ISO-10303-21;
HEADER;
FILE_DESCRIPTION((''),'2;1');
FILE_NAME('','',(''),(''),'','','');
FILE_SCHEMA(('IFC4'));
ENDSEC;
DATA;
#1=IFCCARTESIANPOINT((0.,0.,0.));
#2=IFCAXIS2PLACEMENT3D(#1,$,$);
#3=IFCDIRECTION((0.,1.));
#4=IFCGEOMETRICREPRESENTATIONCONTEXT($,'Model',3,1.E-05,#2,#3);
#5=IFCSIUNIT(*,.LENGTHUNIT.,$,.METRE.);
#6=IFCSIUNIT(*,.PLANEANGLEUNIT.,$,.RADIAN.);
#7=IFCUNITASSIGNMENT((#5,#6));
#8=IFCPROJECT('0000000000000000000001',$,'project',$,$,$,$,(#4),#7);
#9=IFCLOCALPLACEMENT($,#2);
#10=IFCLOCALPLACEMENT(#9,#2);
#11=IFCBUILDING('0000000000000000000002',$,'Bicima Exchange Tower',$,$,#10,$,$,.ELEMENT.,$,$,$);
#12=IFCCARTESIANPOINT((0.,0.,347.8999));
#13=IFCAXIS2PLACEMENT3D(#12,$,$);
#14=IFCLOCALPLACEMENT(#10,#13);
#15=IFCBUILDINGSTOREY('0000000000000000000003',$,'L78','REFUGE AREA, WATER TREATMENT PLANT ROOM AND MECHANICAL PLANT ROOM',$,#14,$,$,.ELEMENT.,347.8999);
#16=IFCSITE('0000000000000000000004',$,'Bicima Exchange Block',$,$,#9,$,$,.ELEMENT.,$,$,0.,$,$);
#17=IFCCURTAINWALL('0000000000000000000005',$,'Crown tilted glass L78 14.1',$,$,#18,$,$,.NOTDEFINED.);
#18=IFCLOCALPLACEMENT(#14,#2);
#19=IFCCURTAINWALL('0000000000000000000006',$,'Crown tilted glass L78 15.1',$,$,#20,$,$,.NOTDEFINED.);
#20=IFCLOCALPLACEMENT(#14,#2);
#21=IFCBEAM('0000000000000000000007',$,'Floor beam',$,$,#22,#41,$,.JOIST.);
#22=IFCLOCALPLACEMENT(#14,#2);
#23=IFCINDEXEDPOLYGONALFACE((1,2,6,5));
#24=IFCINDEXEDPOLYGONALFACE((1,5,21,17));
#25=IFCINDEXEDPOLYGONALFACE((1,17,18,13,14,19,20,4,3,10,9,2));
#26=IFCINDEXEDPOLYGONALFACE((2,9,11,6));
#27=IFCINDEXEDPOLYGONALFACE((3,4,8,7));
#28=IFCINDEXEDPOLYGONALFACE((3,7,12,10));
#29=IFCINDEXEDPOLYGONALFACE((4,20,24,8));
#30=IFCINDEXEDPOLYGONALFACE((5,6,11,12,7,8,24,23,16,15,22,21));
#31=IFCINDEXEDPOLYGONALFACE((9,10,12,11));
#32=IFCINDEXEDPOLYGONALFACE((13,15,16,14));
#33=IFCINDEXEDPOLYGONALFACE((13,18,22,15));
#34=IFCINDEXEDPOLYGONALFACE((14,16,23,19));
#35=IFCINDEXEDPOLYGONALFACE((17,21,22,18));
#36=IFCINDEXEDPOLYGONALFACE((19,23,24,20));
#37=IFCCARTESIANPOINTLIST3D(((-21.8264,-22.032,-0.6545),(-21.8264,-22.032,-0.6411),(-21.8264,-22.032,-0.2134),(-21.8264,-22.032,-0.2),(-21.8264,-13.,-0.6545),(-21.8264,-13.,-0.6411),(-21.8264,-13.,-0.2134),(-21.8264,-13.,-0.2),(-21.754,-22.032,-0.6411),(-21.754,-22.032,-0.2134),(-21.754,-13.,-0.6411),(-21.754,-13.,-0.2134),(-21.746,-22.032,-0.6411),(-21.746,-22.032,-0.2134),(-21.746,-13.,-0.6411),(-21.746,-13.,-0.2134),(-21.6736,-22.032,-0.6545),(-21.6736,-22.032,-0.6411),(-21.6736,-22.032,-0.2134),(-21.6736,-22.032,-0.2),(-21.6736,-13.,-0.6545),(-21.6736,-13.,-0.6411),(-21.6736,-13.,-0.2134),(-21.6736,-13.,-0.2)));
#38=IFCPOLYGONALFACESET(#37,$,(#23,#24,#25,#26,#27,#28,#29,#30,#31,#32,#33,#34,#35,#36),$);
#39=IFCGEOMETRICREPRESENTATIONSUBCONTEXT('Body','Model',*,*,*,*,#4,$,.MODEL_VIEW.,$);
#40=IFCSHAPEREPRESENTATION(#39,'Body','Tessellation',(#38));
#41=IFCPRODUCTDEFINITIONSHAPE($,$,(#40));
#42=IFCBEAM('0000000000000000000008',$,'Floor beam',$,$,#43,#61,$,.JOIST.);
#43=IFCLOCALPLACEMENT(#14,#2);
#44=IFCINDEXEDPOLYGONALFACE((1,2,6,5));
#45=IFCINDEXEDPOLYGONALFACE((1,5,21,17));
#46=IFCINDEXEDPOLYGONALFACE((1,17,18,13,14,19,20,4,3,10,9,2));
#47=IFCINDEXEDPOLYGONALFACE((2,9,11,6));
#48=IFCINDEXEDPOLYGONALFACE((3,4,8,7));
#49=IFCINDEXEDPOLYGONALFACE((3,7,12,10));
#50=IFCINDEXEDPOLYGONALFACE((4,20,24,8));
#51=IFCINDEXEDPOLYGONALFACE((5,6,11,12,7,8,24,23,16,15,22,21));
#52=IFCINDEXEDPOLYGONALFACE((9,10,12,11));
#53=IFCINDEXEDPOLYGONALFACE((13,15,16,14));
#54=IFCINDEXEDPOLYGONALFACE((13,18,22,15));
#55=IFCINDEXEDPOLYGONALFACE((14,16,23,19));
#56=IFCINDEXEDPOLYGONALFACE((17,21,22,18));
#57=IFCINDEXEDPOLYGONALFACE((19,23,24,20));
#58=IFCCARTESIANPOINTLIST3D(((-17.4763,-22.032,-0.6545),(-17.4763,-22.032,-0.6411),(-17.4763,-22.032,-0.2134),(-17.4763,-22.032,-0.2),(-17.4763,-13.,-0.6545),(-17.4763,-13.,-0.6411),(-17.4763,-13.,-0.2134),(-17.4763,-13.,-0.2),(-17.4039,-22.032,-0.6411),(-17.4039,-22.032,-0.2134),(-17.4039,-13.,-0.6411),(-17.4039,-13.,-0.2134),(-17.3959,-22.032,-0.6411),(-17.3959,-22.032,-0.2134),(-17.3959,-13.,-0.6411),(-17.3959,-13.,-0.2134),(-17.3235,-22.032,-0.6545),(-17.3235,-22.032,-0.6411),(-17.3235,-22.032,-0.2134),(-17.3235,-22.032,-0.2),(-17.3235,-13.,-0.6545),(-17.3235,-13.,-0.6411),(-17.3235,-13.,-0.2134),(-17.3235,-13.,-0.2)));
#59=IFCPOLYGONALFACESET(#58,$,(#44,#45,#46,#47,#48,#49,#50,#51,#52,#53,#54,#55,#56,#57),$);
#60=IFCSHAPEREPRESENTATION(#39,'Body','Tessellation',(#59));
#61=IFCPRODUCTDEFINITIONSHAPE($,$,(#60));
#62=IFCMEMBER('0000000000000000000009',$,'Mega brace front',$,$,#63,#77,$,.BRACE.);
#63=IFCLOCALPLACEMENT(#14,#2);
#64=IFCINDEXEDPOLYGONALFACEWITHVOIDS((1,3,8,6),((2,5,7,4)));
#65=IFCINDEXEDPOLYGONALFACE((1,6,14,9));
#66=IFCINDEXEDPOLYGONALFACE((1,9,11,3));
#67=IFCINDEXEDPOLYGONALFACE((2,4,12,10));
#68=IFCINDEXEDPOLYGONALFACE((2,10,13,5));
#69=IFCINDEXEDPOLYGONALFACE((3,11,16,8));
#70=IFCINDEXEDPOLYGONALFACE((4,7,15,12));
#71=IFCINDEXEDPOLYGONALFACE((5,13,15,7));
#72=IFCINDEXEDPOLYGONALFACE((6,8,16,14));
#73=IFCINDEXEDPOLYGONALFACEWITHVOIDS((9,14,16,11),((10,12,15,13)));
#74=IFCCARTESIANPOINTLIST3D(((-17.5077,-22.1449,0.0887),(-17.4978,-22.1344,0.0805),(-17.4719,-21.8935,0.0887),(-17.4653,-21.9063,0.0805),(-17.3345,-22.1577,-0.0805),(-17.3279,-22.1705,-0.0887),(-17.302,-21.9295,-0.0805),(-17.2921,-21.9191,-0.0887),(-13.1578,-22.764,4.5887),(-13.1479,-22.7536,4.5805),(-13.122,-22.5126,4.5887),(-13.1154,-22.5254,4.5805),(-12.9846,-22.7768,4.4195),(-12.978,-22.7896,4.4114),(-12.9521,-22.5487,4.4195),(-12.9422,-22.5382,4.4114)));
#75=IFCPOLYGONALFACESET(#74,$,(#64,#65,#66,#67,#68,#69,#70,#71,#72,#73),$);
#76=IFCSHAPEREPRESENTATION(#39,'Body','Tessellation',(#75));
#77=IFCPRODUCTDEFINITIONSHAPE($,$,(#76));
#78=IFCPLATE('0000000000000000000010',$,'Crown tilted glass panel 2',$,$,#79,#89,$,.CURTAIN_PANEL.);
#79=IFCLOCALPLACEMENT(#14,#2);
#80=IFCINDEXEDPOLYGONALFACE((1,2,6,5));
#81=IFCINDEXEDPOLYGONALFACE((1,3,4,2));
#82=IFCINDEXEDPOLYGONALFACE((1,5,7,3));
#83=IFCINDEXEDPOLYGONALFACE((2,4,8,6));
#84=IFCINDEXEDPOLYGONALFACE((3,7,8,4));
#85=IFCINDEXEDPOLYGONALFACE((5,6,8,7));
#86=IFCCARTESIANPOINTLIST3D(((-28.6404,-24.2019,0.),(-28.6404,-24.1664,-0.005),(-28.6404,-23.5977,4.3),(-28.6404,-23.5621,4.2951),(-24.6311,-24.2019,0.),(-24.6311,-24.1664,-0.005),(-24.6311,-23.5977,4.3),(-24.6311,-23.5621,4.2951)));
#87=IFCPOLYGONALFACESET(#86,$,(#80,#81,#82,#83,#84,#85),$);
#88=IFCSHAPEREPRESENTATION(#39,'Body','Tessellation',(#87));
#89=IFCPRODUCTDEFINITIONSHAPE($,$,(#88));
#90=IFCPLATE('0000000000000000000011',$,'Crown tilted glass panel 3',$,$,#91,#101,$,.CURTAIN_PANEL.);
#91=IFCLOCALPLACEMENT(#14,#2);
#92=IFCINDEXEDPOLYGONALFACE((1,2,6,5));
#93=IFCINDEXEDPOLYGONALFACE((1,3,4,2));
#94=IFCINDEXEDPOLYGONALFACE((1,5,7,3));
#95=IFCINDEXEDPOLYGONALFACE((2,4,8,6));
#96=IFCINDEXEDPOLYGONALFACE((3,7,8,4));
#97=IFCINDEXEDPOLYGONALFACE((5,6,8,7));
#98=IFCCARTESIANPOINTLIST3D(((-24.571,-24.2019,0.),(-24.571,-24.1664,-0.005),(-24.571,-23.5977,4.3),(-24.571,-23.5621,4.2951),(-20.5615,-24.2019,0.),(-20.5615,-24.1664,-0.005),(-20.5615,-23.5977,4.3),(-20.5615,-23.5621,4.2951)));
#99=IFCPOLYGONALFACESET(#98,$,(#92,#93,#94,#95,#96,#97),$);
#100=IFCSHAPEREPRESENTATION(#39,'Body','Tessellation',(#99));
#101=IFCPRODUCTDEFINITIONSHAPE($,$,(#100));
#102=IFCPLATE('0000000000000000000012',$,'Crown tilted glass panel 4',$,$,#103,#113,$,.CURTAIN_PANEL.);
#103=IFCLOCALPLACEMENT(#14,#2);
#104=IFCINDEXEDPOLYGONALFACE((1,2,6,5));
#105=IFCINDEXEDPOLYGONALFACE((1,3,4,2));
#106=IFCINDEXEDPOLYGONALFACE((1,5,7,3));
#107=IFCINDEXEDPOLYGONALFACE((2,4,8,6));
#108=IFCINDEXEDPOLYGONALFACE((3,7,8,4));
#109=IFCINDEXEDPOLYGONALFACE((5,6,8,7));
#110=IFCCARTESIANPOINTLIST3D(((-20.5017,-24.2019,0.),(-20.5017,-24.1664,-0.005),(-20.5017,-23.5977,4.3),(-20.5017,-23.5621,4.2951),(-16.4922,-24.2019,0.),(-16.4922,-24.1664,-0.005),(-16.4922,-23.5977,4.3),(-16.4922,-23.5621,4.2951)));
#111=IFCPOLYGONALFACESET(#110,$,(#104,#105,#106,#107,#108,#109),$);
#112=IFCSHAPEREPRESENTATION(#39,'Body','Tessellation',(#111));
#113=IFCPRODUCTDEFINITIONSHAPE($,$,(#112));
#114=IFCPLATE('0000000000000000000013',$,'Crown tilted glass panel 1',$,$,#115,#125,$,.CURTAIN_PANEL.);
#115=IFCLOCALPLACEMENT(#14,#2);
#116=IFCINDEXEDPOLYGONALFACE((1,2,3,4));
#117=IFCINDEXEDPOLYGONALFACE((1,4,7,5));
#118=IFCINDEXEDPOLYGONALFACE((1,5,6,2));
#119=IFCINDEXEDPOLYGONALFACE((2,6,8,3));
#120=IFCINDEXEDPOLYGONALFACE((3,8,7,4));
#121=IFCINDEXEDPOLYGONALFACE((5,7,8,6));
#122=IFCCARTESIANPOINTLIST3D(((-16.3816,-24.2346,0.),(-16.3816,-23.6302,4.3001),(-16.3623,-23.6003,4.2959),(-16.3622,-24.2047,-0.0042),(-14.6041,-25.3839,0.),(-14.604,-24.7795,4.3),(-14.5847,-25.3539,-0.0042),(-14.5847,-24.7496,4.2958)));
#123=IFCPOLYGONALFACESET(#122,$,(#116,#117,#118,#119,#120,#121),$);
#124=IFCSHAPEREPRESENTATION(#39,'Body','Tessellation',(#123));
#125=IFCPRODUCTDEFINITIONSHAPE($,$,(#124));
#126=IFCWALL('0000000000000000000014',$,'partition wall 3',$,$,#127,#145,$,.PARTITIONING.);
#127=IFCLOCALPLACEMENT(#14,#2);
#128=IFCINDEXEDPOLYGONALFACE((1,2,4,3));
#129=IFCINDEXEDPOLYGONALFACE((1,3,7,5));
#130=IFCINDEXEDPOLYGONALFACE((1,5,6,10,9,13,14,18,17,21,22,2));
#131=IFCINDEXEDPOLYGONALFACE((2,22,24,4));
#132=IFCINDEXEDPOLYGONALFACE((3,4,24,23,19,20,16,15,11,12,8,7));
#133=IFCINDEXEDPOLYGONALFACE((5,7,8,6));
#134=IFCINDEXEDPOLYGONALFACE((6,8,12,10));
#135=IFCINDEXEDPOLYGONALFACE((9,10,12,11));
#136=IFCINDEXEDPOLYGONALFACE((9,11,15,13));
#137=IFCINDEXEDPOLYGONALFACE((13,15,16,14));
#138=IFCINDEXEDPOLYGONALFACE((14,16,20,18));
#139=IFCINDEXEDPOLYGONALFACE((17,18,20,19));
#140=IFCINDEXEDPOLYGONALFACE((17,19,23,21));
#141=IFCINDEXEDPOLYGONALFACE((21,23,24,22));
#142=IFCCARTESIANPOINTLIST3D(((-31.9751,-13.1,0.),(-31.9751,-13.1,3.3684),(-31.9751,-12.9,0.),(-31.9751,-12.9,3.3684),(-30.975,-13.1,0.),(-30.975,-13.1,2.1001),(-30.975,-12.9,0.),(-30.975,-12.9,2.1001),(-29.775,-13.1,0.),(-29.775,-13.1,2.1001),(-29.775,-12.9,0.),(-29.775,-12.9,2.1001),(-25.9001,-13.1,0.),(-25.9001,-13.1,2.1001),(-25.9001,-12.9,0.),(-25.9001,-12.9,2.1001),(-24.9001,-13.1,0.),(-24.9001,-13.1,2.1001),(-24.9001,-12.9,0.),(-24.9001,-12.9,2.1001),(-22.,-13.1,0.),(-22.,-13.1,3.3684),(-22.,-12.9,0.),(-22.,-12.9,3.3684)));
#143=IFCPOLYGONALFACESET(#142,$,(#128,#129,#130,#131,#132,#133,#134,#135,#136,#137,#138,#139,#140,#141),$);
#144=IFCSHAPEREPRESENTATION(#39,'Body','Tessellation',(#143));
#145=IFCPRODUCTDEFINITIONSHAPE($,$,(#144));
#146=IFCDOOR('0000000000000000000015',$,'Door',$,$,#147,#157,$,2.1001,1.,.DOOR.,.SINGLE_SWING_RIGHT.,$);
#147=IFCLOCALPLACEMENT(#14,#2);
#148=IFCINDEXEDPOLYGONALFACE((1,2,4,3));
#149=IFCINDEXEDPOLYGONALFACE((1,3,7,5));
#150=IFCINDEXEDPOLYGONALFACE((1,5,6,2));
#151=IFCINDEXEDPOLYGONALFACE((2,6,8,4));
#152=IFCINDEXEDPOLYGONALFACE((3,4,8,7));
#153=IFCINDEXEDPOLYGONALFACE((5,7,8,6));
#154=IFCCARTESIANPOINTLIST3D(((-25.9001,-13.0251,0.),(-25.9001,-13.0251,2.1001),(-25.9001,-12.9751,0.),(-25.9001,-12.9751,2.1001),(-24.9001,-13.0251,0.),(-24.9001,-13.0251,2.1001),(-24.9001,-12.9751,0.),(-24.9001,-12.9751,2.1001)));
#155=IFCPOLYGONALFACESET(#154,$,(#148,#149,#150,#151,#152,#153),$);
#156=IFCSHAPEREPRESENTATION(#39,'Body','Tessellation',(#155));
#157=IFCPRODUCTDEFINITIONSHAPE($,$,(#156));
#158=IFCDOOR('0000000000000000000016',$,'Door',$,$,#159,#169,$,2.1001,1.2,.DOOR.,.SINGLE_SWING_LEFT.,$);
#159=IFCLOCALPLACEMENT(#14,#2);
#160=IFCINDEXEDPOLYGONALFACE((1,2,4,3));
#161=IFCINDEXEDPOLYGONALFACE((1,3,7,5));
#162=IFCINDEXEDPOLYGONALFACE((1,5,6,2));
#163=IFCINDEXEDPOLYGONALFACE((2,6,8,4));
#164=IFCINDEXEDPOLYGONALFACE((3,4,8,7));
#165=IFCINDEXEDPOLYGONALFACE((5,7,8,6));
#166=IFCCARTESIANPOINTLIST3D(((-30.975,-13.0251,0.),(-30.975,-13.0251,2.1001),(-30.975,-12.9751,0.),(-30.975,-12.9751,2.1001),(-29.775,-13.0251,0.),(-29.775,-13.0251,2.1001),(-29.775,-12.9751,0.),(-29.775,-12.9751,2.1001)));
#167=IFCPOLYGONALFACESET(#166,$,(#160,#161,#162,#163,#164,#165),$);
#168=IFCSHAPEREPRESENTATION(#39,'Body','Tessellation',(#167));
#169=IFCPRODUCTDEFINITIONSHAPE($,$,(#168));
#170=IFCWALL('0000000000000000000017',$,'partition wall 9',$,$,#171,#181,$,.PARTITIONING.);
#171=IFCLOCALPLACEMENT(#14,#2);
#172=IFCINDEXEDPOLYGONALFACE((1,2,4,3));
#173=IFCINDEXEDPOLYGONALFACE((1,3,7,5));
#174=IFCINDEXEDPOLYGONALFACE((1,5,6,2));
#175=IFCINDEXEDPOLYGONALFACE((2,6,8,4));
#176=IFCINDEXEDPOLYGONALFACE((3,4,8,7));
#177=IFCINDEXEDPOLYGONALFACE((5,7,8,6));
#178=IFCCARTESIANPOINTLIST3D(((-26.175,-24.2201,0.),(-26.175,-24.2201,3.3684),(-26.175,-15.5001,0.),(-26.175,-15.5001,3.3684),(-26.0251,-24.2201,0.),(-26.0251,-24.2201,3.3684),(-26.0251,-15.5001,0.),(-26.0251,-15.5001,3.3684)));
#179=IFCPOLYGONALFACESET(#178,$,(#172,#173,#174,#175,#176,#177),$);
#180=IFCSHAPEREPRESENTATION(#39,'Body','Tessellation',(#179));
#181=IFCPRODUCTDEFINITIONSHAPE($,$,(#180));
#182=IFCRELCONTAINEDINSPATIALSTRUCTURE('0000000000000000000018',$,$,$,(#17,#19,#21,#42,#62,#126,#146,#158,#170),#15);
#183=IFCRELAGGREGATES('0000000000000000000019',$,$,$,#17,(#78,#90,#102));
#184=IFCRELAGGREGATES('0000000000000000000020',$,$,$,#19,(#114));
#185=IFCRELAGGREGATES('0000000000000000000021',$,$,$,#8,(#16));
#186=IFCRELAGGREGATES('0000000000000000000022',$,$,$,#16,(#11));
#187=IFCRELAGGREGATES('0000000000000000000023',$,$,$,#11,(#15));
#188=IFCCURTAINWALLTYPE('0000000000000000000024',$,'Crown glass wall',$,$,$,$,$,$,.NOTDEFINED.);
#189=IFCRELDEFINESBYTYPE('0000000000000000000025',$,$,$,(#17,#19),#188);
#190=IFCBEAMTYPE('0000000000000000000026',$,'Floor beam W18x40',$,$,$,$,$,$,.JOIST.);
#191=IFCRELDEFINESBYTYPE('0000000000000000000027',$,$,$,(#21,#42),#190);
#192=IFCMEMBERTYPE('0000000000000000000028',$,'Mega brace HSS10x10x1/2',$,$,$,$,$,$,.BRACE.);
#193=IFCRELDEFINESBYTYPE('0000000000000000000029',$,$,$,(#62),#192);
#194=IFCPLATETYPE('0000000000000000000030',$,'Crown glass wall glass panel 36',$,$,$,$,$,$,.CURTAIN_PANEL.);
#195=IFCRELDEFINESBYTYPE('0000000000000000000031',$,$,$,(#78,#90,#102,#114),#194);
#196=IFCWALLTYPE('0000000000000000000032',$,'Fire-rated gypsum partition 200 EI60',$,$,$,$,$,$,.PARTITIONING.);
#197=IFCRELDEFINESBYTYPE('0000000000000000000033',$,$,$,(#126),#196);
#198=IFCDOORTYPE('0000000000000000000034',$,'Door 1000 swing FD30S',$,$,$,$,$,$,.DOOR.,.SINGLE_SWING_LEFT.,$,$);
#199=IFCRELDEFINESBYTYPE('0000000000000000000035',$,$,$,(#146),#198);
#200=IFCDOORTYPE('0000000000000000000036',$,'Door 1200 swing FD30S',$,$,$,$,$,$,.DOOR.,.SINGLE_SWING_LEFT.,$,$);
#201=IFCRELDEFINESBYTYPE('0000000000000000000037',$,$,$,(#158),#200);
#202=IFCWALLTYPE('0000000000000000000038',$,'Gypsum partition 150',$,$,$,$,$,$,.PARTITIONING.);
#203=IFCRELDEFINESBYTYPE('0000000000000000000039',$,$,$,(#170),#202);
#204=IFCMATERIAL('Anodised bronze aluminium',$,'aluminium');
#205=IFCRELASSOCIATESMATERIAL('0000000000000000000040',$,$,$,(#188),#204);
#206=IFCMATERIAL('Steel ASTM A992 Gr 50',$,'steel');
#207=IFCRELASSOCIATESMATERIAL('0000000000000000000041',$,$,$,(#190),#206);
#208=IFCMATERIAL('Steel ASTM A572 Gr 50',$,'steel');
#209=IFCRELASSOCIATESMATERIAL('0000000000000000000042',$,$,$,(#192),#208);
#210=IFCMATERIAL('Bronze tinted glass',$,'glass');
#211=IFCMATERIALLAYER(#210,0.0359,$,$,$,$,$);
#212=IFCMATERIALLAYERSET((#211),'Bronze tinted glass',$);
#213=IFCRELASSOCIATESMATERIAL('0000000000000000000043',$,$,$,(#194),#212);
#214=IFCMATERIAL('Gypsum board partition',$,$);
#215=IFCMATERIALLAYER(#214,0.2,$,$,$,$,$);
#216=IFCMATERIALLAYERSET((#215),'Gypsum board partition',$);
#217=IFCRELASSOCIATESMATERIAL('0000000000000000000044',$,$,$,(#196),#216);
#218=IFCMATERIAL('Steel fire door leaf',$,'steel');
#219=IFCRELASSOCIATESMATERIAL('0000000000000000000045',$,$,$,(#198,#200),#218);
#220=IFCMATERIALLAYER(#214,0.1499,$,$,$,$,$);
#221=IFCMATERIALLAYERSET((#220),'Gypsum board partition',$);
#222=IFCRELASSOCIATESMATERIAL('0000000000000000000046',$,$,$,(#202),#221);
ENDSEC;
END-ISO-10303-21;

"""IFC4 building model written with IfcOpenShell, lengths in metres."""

from ifc_helpers import new_model, si_unit, direction, frame, frame_2d, origin, origin_2d, place, context, subcontext, project, spatial, polyline, rectangle, hollow_rectangle, i_section, outline, extrude, material, layer, layer_set, material_profile, profile_set, type_object, element, fill, aggregate, save


model = new_model("IFC4")

# Units and contexts
model_context = context("Model", 3, precision=1e-05, world=origin(), true_north=direction((0.0, 1.0)))
body_context = subcontext(model_context, "Body", "Model", "MODEL_VIEW")
ifc_project = project(units=[si_unit("LENGTHUNIT", "METRE"), si_unit("PLANEANGLEUNIT", "RADIAN")], contexts=[model_context])

# Site, building, storey
site_placement = place(None, origin())
site = spatial("IfcSite", under=ifc_project, at=site_placement, Name="Bicima Exchange Block", CompositionType="ELEMENT", RefElevation=0.0)
building_placement = place(site_placement, origin())
building = spatial("IfcBuilding", under=site, at=building_placement, Name="Bicima Exchange Tower", CompositionType="ELEMENT")
storey_placement = place(building_placement, frame((0.0, 0.0, 347.8999)))
storey = spatial("IfcBuildingStorey", under=building, at=storey_placement, Name="L78", Description="REFUGE AREA, WATER TREATMENT PLANT ROOM AND MECHANICAL PLANT ROOM", CompositionType="ELEMENT", Elevation=347.8999)

# Shared definitions
ifc_material_1 = material(Name="Steel ASTM A992 Gr 50", Category="steel")

# Curtain wall
ifc_material_2 = material(Name="Anodised bronze aluminium", Category="aluminium")
curtain_wall_type = type_object("IfcCurtainWallType", Name="Crown glass wall", PredefinedType="NOTDEFINED", material=ifc_material_2)
curtain_wall_1_placement = place(storey_placement, origin())
curtain_wall_1 = element("IfcCurtainWall", 1, at=curtain_wall_1_placement, inside=storey, type_object=curtain_wall_type, Name="Crown tilted glass L78 14.1", PredefinedType="NOTDEFINED")

# Curtain wall
curtain_wall_2_placement = place(storey_placement, origin())
curtain_wall_2 = element("IfcCurtainWall", 2, at=curtain_wall_2_placement, inside=storey, type_object=curtain_wall_type, Name="Crown tilted glass L78 15.1", PredefinedType="NOTDEFINED")

# Beams
ifc_material_profile_1 = material_profile(ifc_material_1, i_section(OverallWidth=0.1528, OverallDepth=0.4546, WebThickness=0.0081, FlangeThickness=0.0134, at=origin_2d()))
ifc_profile_set_1 = profile_set([ifc_material_profile_1], Name="Steel ASTM A992 Gr 50")
beam_type_1 = type_object("IfcBeamType", Name="Floor beam W18x40", PredefinedType="JOIST", material=ifc_profile_set_1)
for number, where, z_axis, x_axis, name in (
    (3, (-21.75, -13.0, -0.4272), (0.0, -1.0, 0.0), (1.0, 0.0, 0.0), "Floor beam"),
    (4, (-17.3999, -13.0, -0.4272), (0.0, -1.0, 0.0), (1.0, 0.0, 0.0), "Floor beam"),
):
    element("IfcBeam", number, at=place(storey_placement, frame(where, z_axis=z_axis, x_axis=x_axis)), inside=storey, type_object=beam_type_1, Name=name, PredefinedType="JOIST", context=body_context, shape_type="SweptSolid", body=[
        extrude(i_section(OverallWidth=0.1528, OverallDepth=0.4546, WebThickness=0.0081, FlangeThickness=0.0134, at=origin_2d()), origin(), (0.0, 0.0, 1.0), 9.032),
    ])

# Member
ifc_material_3 = material(Name="Steel ASTM A572 Gr 50", Category="steel")
ifc_material_profile_2 = material_profile(ifc_material_3, hollow_rectangle(XDim=0.2539, YDim=0.2539, WallThickness=0.0117, at=origin_2d()))
ifc_profile_set_2 = profile_set([ifc_material_profile_2], Name="Steel ASTM A572 Gr 50")
member_type_1 = type_object("IfcMemberType", Name="Mega brace HSS10x10x1/2", PredefinedType="BRACE", material=ifc_profile_set_2)
member_1_placement = place(storey_placement, frame((-17.3999, -22.032, 0.0), z_axis=(0.691634, -0.098444, 0.715508), x_axis=(0.140916, 0.990022, 0.0)))
element("IfcMember", 5, at=member_1_placement, inside=storey, type_object=member_type_1, Name="Mega brace front", PredefinedType="BRACE", context=body_context, shape_type="SweptSolid", body=[
    extrude(hollow_rectangle(XDim=0.2539, YDim=0.2539, WallThickness=0.0117, at=origin_2d()), origin(), (0.0, 0.0, 1.0), 6.2893),
])

# Plates
ifc_material_4 = material(Name="Bronze tinted glass", Category="glass")
ifc_layer_1 = layer(ifc_material_4, 0.0359)
ifc_layer_set_1 = layer_set([ifc_layer_1], Name="Bronze tinted glass")
plate_type = type_object("IfcPlateType", Name="Crown glass wall glass panel 36", PredefinedType="CURTAIN_PANEL", material=ifc_layer_set_1)
plate_1_placement = place(storey_placement, frame((-28.6404, -24.2019, 0.0), z_axis=(0.0, -0.990271, 0.139154), x_axis=(1.0, 0.0, 0.0)))
plate_1 = element("IfcPlate", 6, at=plate_1_placement, type_object=plate_type, Name="Crown tilted glass panel 2", PredefinedType="CURTAIN_PANEL", context=body_context, shape_type="SweptSolid", body=[
    extrude(outline(polyline([(0.0, 0.0), (4.0093, 0.0), (4.0093, 4.3423), (0.0, 4.3423), (0.0, 0.0)])), origin(), (0.0, 0.0, -1.0), 0.0359),
])
plate_2_placement = place(storey_placement, frame((-24.571, -24.2019, 0.0), z_axis=(0.0, -0.990271, 0.139154), x_axis=(1.0, 0.0, 0.0)))
plate_2 = element("IfcPlate", 7, at=plate_2_placement, type_object=plate_type, Name="Crown tilted glass panel 3", PredefinedType="CURTAIN_PANEL", context=body_context, shape_type="SweptSolid", body=[
    extrude(outline(polyline([(0.0, 0.0), (4.0095, 0.0), (4.0095, 4.3423), (0.0, 4.3423), (0.0, 0.0)])), origin(), (0.0, 0.0, -1.0), 0.0359),
])
plate_3_placement = place(storey_placement, frame((-20.5017, -24.2019, 0.0), z_axis=(0.0, -0.990271, 0.139154), x_axis=(1.0, 0.0, 0.0)))
plate_3 = element("IfcPlate", 8, at=plate_3_placement, type_object=plate_type, Name="Crown tilted glass panel 4", PredefinedType="CURTAIN_PANEL", context=body_context, shape_type="SweptSolid", body=[
    extrude(outline(polyline([(0.0, 0.0), (4.0095, 0.0), (4.0095, 4.3423), (0.0, 4.3423), (0.0, 0.0)])), origin(), (0.0, 0.0, -1.0), 0.0359),
])
aggregate(curtain_wall_1, [plate_1, plate_2, plate_3])
plate_4_placement = place(storey_placement, frame((-16.3816, -24.2346, 0.0), z_axis=(-0.539205, -0.833978, 0.117215), x_axis=(0.839767, -0.542947, 0.000006)))
plate_4 = element("IfcPlate", 9, at=plate_4_placement, type_object=plate_type, Name="Crown tilted glass panel 1", PredefinedType="CURTAIN_PANEL", context=body_context, shape_type="SweptSolid", body=[
    extrude(outline(polyline([(0.0, 0.0), (2.1167, 0.0), (1.7886, 4.3299), (-0.3282, 4.3299), (0.0, 0.0)])), origin(), (0.0, 0.0, -1.0), 0.0359),
])
aggregate(curtain_wall_2, [plate_4])

# Wall, openings, doors
ifc_material_5 = material(Name="Gypsum board partition")
ifc_layer_2 = layer(ifc_material_5, 0.2)
ifc_layer_set_2 = layer_set([ifc_layer_2], Name="Gypsum board partition")
wall_type_1 = type_object("IfcWallType", Name="Fire-rated gypsum partition 200 EI60", PredefinedType="PARTITIONING", material=ifc_layer_set_2)
wall_1_placement = place(storey_placement, frame((-31.9751, -13.0, 0.0), z_axis=(0.0, 0.0, 1.0), x_axis=(1.0, 0.0, 0.0)))
wall_1 = element("IfcWall", 10, at=wall_1_placement, inside=storey, type_object=wall_type_1, Name="partition wall 3", PredefinedType="PARTITIONING", context=body_context, shape_type="SweptSolid", body=[
    extrude(rectangle(XDim=9.9751, YDim=0.2, at=frame_2d((4.9875, 0.0))), origin(), (0.0, 0.0, 1.0), 3.3684),
])
opening_1_placement = place(wall_1_placement, frame((1.0, 0.0, 0.0)))
opening_1 = element("IfcOpeningElement", 11, at=opening_1_placement, cuts=wall_1, PredefinedType="OPENING", context=body_context, shape_type="SweptSolid", body=[
    extrude(rectangle(XDim=1.2, YDim=2.1001, at=frame_2d((0.6001, 1.05))), frame((0.0, 0.1118, 0.0), z_axis=(0.0, -1.0, 0.0), x_axis=(1.0, 0.0, 0.0)), (0.0, 0.0, 1.0), 0.2239),
])
opening_2_placement = place(wall_1_placement, frame((6.075, 0.0, 0.0)))
opening_2 = element("IfcOpeningElement", 12, at=opening_2_placement, cuts=wall_1, PredefinedType="OPENING", context=body_context, shape_type="SweptSolid", body=[
    extrude(rectangle(XDim=1.0, YDim=2.1001, at=frame_2d((0.5, 1.05))), frame((0.0, 0.1118, 0.0), z_axis=(0.0, -1.0, 0.0), x_axis=(1.0, 0.0, 0.0)), (0.0, 0.0, 1.0), 0.2239),
])
ifc_material_6 = material(Name="Steel fire door leaf", Category="steel")
door_type_1 = type_object("IfcDoorType", Name="Door 1000 swing FD30S", OperationType="SINGLE_SWING_LEFT", PredefinedType="DOOR", material=ifc_material_6)
door_1_placement = place(opening_2_placement, origin())
door_1 = element("IfcDoor", 13, at=door_1_placement, inside=storey, type_object=door_type_1, Name="Door", OperationType="SINGLE_SWING_RIGHT", OverallHeight=2.1001, OverallWidth=1.0, PredefinedType="DOOR", context=body_context, shape_type="SweptSolid", body=[
    extrude(rectangle(XDim=1.0, YDim=2.1001, at=frame_2d((0.5, 1.05))), frame((0.0, 0.0249, 0.0), z_axis=(0.0, -1.0, 0.0), x_axis=(1.0, 0.0, 0.0)), (0.0, 0.0, 1.0), 0.05),
])
fill(opening_2, door_1)
door_type_2 = type_object("IfcDoorType", Name="Door 1200 swing FD30S", OperationType="SINGLE_SWING_LEFT", PredefinedType="DOOR", material=ifc_material_6)
door_2_placement = place(opening_1_placement, origin())
door_2 = element("IfcDoor", 14, at=door_2_placement, inside=storey, type_object=door_type_2, Name="Door", OperationType="SINGLE_SWING_LEFT", OverallHeight=2.1001, OverallWidth=1.2, PredefinedType="DOOR", context=body_context, shape_type="SweptSolid", body=[
    extrude(rectangle(XDim=1.2, YDim=2.1001, at=frame_2d((0.6001, 1.05))), frame((0.0, 0.0249, 0.0), z_axis=(0.0, -1.0, 0.0), x_axis=(1.0, 0.0, 0.0)), (0.0, 0.0, 1.0), 0.05),
])
fill(opening_1, door_2)

# Wall
ifc_layer_3 = layer(ifc_material_5, 0.1499)
ifc_layer_set_3 = layer_set([ifc_layer_3], Name="Gypsum board partition")
wall_type_2 = type_object("IfcWallType", Name="Gypsum partition 150", PredefinedType="PARTITIONING", material=ifc_layer_set_3)
for number, where, z_axis, x_axis, name in (
    (15, (-26.1001, -24.22, 0.0), (0.0, 0.0, 1.0), (0.0, 1.0, 0.0), "partition wall 9"),
):
    element("IfcWall", number, at=place(storey_placement, frame(where, z_axis=z_axis, x_axis=x_axis)), inside=storey, type_object=wall_type_2, Name=name, PredefinedType="PARTITIONING", context=body_context, shape_type="SweptSolid", body=[
        extrude(rectangle(XDim=8.72, YDim=0.1499, at=frame_2d((4.3599, 0.0))), origin(), (0.0, 0.0, 1.0), 3.3684),
    ])

save(model, "model.ifc")
